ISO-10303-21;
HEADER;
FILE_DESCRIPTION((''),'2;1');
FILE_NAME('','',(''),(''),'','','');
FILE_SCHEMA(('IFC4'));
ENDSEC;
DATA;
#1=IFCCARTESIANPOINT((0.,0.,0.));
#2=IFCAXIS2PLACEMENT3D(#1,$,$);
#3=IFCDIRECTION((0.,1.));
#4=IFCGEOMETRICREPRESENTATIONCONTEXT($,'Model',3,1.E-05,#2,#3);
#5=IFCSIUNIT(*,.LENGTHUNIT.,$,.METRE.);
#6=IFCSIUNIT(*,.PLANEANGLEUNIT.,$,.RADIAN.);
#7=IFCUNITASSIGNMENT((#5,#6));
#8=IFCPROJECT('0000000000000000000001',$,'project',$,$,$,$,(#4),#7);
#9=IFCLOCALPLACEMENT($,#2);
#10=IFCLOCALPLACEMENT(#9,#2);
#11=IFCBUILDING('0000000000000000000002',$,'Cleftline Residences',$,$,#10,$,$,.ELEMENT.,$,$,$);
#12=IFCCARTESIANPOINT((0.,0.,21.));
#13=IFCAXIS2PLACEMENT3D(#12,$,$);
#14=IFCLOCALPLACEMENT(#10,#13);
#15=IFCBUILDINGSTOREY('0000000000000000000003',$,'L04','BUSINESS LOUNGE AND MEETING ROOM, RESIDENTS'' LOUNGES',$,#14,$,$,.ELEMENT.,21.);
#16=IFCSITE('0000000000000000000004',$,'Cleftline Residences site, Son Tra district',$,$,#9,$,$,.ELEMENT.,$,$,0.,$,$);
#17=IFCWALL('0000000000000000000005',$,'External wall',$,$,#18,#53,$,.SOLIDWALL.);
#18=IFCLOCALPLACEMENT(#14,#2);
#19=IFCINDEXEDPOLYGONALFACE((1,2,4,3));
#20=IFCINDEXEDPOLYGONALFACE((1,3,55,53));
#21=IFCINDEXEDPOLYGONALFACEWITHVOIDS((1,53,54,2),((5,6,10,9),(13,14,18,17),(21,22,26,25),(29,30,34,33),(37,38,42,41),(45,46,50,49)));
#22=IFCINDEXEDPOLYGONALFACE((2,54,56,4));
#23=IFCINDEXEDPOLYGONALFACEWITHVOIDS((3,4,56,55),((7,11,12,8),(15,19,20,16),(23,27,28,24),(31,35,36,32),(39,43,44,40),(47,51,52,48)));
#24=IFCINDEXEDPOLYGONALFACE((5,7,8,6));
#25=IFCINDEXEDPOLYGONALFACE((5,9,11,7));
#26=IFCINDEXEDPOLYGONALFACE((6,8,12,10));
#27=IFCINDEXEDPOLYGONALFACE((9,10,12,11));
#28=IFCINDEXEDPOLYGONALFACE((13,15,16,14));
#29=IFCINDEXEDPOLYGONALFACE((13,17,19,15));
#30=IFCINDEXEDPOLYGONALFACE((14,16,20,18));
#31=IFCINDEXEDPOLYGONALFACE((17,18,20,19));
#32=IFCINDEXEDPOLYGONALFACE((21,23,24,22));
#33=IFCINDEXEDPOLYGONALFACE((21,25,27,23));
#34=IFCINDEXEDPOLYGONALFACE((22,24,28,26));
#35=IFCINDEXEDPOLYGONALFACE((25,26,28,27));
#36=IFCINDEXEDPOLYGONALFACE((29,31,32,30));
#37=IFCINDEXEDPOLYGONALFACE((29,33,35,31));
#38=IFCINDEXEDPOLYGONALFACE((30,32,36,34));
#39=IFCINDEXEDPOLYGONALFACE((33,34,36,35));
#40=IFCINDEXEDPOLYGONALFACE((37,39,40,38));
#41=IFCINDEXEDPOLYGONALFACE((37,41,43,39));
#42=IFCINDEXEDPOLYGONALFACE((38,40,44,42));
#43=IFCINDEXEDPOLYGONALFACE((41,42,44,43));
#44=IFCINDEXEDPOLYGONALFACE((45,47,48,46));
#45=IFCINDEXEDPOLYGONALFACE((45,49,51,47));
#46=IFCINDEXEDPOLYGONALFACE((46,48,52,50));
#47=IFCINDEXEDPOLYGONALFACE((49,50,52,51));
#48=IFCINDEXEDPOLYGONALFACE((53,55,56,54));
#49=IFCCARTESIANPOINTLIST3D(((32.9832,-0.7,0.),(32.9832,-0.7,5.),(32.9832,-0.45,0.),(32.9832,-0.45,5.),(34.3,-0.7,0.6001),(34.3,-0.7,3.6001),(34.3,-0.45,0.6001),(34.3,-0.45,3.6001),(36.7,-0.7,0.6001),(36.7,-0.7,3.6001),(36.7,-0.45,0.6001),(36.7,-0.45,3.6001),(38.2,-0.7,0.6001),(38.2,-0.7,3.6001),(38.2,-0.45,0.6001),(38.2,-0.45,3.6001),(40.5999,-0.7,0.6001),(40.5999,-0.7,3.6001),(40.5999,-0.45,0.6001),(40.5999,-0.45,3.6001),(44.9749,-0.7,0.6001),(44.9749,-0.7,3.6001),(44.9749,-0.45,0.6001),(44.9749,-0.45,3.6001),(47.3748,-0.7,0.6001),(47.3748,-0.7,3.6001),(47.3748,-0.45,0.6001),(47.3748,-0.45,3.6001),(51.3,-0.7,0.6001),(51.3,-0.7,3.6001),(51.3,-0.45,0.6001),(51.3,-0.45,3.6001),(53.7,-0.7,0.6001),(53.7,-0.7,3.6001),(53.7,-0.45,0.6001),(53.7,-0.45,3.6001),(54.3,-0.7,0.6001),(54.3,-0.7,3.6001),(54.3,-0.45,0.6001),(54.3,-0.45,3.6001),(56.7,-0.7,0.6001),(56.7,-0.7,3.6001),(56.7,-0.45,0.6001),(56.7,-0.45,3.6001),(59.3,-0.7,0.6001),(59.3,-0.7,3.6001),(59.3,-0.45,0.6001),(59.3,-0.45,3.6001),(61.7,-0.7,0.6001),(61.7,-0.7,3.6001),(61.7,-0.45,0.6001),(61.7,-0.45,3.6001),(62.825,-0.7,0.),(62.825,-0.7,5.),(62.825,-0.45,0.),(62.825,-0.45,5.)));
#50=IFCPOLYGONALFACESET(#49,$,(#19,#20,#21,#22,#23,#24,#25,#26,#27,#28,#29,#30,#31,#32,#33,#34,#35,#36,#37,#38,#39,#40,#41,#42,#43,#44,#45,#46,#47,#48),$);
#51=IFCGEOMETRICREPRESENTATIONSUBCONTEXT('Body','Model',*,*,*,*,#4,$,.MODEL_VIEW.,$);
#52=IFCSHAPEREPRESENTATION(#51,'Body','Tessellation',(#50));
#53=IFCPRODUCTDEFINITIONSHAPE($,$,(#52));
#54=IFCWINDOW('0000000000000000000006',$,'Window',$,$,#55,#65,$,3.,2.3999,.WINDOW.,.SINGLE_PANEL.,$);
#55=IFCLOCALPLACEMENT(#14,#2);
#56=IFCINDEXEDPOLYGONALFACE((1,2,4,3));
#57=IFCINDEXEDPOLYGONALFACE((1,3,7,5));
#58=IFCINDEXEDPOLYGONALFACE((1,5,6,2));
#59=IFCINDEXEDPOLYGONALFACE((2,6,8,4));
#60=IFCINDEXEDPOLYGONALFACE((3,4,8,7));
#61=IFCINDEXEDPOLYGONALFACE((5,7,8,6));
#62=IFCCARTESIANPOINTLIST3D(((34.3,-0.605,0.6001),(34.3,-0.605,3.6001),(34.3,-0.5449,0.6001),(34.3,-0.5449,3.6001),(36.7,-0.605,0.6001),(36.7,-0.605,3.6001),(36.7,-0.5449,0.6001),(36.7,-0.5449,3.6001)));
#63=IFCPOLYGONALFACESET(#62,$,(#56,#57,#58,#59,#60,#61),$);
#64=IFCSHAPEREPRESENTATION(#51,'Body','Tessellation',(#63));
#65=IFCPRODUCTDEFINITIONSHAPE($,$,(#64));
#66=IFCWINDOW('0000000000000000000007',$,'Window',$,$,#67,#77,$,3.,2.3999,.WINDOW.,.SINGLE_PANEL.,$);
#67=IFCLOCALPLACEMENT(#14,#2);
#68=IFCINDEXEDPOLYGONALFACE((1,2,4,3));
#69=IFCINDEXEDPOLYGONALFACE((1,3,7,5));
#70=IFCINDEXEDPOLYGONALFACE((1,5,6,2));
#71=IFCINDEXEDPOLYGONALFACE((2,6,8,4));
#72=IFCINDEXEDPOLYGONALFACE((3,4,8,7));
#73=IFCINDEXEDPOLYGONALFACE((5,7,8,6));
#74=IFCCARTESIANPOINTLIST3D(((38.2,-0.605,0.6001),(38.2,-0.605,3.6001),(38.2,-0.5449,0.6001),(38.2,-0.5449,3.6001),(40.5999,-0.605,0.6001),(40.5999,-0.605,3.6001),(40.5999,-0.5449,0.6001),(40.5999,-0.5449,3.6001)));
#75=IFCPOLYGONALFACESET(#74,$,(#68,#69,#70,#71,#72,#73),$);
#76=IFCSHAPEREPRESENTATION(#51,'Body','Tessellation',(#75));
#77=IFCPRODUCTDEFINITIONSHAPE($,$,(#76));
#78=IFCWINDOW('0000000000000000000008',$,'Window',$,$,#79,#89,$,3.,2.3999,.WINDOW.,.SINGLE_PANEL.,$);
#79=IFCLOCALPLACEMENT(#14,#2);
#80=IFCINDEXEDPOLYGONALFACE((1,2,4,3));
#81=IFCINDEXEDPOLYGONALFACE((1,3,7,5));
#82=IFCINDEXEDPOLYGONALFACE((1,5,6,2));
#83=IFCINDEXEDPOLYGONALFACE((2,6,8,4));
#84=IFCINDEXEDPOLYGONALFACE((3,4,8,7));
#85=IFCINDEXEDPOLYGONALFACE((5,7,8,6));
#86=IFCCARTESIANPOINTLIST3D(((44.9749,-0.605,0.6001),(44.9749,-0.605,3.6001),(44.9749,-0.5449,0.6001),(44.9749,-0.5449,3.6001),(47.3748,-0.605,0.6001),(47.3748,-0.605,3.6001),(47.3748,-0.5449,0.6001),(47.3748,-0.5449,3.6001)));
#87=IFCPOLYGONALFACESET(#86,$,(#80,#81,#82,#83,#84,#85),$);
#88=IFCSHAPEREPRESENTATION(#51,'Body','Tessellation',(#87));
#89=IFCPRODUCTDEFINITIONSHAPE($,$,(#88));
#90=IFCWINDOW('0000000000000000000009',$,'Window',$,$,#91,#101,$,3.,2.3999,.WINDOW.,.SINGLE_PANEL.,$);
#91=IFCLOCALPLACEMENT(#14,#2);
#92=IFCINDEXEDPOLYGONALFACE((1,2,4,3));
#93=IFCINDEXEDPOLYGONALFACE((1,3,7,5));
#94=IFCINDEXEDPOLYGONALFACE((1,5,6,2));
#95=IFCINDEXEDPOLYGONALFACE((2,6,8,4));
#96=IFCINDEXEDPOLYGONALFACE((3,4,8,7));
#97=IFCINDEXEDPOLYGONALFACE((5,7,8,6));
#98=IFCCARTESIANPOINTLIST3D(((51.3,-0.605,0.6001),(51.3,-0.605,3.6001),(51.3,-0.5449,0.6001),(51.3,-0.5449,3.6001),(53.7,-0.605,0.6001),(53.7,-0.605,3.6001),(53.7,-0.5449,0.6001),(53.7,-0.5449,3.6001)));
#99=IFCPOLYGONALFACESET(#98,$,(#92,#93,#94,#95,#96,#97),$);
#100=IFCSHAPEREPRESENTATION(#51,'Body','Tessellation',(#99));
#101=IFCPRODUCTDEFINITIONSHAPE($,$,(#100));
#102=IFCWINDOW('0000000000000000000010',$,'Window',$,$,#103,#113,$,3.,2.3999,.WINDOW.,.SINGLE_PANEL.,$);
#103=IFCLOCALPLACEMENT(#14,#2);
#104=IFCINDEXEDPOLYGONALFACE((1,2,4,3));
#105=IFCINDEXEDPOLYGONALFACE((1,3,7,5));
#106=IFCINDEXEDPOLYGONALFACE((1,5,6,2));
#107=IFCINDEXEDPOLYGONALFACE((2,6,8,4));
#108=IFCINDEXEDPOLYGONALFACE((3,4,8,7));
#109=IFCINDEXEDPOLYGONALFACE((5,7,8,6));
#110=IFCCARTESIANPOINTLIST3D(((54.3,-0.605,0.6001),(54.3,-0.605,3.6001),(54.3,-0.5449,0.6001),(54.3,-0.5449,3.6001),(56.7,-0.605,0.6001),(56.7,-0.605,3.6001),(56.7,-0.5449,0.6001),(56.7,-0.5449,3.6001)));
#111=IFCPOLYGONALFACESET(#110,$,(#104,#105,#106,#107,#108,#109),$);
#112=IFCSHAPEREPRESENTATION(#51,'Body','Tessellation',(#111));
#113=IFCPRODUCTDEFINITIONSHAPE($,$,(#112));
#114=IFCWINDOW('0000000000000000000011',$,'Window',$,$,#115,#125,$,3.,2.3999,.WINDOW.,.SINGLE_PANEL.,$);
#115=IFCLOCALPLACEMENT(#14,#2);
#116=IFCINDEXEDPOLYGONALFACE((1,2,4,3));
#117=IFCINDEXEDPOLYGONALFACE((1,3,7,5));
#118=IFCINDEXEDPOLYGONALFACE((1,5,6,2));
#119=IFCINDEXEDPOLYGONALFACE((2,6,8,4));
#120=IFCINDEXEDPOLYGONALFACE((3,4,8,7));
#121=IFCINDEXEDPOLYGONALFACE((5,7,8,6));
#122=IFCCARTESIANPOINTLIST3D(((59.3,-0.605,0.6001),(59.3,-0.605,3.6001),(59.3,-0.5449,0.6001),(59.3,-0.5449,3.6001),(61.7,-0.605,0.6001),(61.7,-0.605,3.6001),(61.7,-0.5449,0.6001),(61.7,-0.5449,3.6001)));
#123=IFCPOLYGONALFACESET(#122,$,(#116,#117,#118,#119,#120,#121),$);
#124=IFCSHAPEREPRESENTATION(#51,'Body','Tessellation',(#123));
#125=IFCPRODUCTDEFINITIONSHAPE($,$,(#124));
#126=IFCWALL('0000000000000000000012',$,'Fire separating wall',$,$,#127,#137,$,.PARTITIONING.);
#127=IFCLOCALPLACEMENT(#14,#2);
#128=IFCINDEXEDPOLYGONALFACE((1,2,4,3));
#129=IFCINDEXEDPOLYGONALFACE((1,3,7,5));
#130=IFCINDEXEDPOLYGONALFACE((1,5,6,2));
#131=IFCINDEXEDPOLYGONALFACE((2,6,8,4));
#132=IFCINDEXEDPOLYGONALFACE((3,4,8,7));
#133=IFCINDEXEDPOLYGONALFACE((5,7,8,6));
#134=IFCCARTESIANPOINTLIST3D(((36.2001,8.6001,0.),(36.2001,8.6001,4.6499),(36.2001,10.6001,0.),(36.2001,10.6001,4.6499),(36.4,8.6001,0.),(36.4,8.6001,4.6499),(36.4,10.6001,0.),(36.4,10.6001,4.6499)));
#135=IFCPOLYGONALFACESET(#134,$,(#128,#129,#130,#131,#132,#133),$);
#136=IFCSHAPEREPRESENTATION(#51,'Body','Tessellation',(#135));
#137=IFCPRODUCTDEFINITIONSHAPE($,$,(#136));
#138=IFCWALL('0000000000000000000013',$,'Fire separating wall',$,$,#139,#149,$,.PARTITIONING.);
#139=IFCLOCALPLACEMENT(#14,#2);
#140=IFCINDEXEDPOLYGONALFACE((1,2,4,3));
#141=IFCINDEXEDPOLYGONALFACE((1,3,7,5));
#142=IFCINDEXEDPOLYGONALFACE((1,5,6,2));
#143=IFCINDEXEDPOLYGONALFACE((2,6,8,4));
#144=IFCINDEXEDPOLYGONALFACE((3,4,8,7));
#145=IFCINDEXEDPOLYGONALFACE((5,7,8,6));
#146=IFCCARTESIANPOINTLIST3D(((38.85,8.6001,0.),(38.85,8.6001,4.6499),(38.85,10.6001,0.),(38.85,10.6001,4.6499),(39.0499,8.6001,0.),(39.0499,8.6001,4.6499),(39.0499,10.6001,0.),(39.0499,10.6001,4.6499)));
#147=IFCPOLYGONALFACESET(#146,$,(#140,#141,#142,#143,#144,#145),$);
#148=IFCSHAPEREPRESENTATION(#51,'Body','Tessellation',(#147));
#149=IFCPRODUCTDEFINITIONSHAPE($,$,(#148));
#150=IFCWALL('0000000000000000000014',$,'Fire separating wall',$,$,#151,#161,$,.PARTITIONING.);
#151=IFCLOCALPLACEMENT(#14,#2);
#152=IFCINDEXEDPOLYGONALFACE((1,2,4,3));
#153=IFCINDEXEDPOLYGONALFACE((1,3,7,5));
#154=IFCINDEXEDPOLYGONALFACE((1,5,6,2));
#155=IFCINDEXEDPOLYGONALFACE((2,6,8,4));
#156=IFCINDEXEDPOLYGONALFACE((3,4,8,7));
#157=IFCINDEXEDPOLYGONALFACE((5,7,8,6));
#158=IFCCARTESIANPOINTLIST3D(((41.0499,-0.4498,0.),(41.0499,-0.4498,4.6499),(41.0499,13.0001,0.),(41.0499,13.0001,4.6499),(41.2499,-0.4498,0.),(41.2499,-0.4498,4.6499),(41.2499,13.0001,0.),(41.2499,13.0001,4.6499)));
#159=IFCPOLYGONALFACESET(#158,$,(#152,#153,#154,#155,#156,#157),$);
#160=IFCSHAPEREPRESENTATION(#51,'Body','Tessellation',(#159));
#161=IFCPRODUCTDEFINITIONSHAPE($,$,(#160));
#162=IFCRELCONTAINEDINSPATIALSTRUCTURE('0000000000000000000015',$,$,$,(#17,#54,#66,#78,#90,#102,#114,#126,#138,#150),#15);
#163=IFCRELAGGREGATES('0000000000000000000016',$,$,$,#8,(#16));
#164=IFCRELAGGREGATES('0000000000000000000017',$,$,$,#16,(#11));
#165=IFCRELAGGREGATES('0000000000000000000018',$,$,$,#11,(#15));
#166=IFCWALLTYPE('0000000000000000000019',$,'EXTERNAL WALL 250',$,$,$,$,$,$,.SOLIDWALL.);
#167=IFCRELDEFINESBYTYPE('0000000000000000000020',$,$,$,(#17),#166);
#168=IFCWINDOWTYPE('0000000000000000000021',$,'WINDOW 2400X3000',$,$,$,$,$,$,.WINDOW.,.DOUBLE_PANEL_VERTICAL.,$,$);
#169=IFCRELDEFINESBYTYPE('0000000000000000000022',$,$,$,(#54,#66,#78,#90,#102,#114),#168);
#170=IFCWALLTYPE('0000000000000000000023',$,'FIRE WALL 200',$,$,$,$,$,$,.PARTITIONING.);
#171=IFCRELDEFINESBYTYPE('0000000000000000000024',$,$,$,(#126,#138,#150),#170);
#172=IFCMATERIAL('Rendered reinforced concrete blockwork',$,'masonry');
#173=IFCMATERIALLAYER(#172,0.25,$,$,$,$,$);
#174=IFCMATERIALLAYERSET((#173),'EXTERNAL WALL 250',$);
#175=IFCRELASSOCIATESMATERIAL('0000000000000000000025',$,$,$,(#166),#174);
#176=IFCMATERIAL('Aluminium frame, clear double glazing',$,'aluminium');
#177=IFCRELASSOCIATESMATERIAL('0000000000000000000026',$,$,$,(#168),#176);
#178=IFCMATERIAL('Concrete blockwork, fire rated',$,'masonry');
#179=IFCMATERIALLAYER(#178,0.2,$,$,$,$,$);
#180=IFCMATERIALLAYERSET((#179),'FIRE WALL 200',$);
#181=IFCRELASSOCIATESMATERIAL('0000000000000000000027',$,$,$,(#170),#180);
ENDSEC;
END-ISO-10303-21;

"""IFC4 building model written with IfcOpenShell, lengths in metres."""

from ifc_helpers import new_model, si_unit, direction, frame, frame_2d, origin, place, context, subcontext, project, spatial, rectangle, extrude, material, layer, layer_set, type_object, element, fill, save


model = new_model("IFC4")

# Units and contexts
model_context = context("Model", 3, precision=1e-05, world=origin(), true_north=direction((0.0, 1.0)))
body_context = subcontext(model_context, "Body", "Model", "MODEL_VIEW")
ifc_project = project(units=[si_unit("LENGTHUNIT", "METRE"), si_unit("PLANEANGLEUNIT", "RADIAN")], contexts=[model_context])

# Site, building, storey
site_placement = place(None, origin())
site = spatial("IfcSite", under=ifc_project, at=site_placement, Name="Cleftline Residences site, Son Tra district", CompositionType="ELEMENT", RefElevation=0.0)
building_placement = place(site_placement, origin())
building = spatial("IfcBuilding", under=site, at=building_placement, Name="Cleftline Residences", CompositionType="ELEMENT")
storey_placement = place(building_placement, frame((0.0, 0.0, 21.0)))
storey = spatial("IfcBuildingStorey", under=building, at=storey_placement, Name="L04", Description="BUSINESS LOUNGE AND MEETING ROOM, RESIDENTS' LOUNGES", CompositionType="ELEMENT", Elevation=21.0)

# Shared definitions
ifc_material_1 = material(Name="Rendered reinforced concrete blockwork", Category="masonry")
ifc_layer_1 = layer(ifc_material_1, 0.25)
ifc_layer_set_1 = layer_set([ifc_layer_1], Name="EXTERNAL WALL 250")
wall_type_1 = type_object("IfcWallType", Name="EXTERNAL WALL 250", PredefinedType="SOLIDWALL", material=ifc_layer_set_1)

# Wall, openings, windows
wall_1_placement = place(storey_placement, frame((32.9832, -0.575, 0.0), z_axis=(0.0, 0.0, 1.0), x_axis=(1.0, 0.0, 0.0)))
wall_1 = element("IfcWall", 1, at=wall_1_placement, inside=storey, type_object=wall_type_1, Name="External wall", PredefinedType="SOLIDWALL", context=body_context, shape_type="SweptSolid", body=[
    extrude(rectangle(XDim=29.8418, YDim=0.25, at=frame_2d((14.9209, 0.0))), origin(), (0.0, 0.0, 1.0), 5.0),
])
opening_1_placement = place(wall_1_placement, frame((1.3169, 0.0, 0.6001)))
opening_1 = element("IfcOpeningElement", 2, at=opening_1_placement, cuts=wall_1, PredefinedType="OPENING", context=body_context, shape_type="SweptSolid", body=[
    extrude(rectangle(XDim=2.3999, YDim=3.0, at=frame_2d((1.2, 1.5))), frame((0.0, 0.135, 0.0), z_axis=(0.0, -1.0, 0.0), x_axis=(1.0, 0.0, 0.0)), (0.0, 0.0, 1.0), 0.27),
])
opening_2_placement = place(wall_1_placement, frame((5.2168, 0.0, 0.6001)))
opening_2 = element("IfcOpeningElement", 3, at=opening_2_placement, cuts=wall_1, PredefinedType="OPENING", context=body_context, shape_type="SweptSolid", body=[
    extrude(rectangle(XDim=2.3999, YDim=3.0, at=frame_2d((1.2, 1.5))), frame((0.0, 0.135, 0.0), z_axis=(0.0, -1.0, 0.0), x_axis=(1.0, 0.0, 0.0)), (0.0, 0.0, 1.0), 0.27),
])
opening_3_placement = place(wall_1_placement, frame((11.9917, 0.0, 0.6001)))
opening_3 = element("IfcOpeningElement", 4, at=opening_3_placement, cuts=wall_1, PredefinedType="OPENING", context=body_context, shape_type="SweptSolid", body=[
    extrude(rectangle(XDim=2.3999, YDim=3.0, at=frame_2d((1.2, 1.5))), frame((0.0, 0.135, 0.0), z_axis=(0.0, -1.0, 0.0), x_axis=(1.0, 0.0, 0.0)), (0.0, 0.0, 1.0), 0.27),
])
opening_4_placement = place(wall_1_placement, frame((18.3169, 0.0, 0.6001)))
opening_4 = element("IfcOpeningElement", 5, at=opening_4_placement, cuts=wall_1, PredefinedType="OPENING", context=body_context, shape_type="SweptSolid", body=[
    extrude(rectangle(XDim=2.3999, YDim=3.0, at=frame_2d((1.2, 1.5))), frame((0.0, 0.135, 0.0), z_axis=(0.0, -1.0, 0.0), x_axis=(1.0, 0.0, 0.0)), (0.0, 0.0, 1.0), 0.27),
])
opening_5_placement = place(wall_1_placement, frame((21.3169, 0.0, 0.6001)))
opening_5 = element("IfcOpeningElement", 6, at=opening_5_placement, cuts=wall_1, PredefinedType="OPENING", context=body_context, shape_type="SweptSolid", body=[
    extrude(rectangle(XDim=2.3999, YDim=3.0, at=frame_2d((1.2, 1.5))), frame((0.0, 0.135, 0.0), z_axis=(0.0, -1.0, 0.0), x_axis=(1.0, 0.0, 0.0)), (0.0, 0.0, 1.0), 0.27),
])
opening_6_placement = place(wall_1_placement, frame((26.3169, 0.0, 0.6001)))
opening_6 = element("IfcOpeningElement", 7, at=opening_6_placement, cuts=wall_1, PredefinedType="OPENING", context=body_context, shape_type="SweptSolid", body=[
    extrude(rectangle(XDim=2.3999, YDim=3.0, at=frame_2d((1.2, 1.5))), frame((0.0, 0.135, 0.0), z_axis=(0.0, -1.0, 0.0), x_axis=(1.0, 0.0, 0.0)), (0.0, 0.0, 1.0), 0.27),
])
ifc_material_2 = material(Name="Aluminium frame, clear double glazing", Category="aluminium")
window_type = type_object("IfcWindowType", Name="WINDOW 2400X3000", PartitioningType="DOUBLE_PANEL_VERTICAL", PredefinedType="WINDOW", material=ifc_material_2)
window_1_placement = place(opening_1_placement, origin())
window_1 = element("IfcWindow", 8, at=window_1_placement, inside=storey, type_object=window_type, Name="Window", OverallHeight=3.0, OverallWidth=2.3999, PartitioningType="SINGLE_PANEL", PredefinedType="WINDOW", context=body_context, shape_type="SweptSolid", body=[
    extrude(rectangle(XDim=2.3999, YDim=3.0, at=frame_2d((1.2, 1.5))), frame((0.0, 0.03, 0.0), z_axis=(0.0, -1.0, 0.0), x_axis=(1.0, 0.0, 0.0)), (0.0, 0.0, 1.0), 0.0601),
])
fill(opening_1, window_1)
window_2_placement = place(opening_2_placement, origin())
window_2 = element("IfcWindow", 9, at=window_2_placement, inside=storey, type_object=window_type, Name="Window", OverallHeight=3.0, OverallWidth=2.3999, PartitioningType="SINGLE_PANEL", PredefinedType="WINDOW", context=body_context, shape_type="SweptSolid", body=[
    extrude(rectangle(XDim=2.3999, YDim=3.0, at=frame_2d((1.2, 1.5))), frame((0.0, 0.03, 0.0), z_axis=(0.0, -1.0, 0.0), x_axis=(1.0, 0.0, 0.0)), (0.0, 0.0, 1.0), 0.0601),
])
fill(opening_2, window_2)
window_3_placement = place(opening_3_placement, origin())
window_3 = element("IfcWindow", 10, at=window_3_placement, inside=storey, type_object=window_type, Name="Window", OverallHeight=3.0, OverallWidth=2.3999, PartitioningType="SINGLE_PANEL", PredefinedType="WINDOW", context=body_context, shape_type="SweptSolid", body=[
    extrude(rectangle(XDim=2.3999, YDim=3.0, at=frame_2d((1.2, 1.5))), frame((0.0, 0.03, 0.0), z_axis=(0.0, -1.0, 0.0), x_axis=(1.0, 0.0, 0.0)), (0.0, 0.0, 1.0), 0.0601),
])
fill(opening_3, window_3)
window_4_placement = place(opening_4_placement, origin())
window_4 = element("IfcWindow", 11, at=window_4_placement, inside=storey, type_object=window_type, Name="Window", OverallHeight=3.0, OverallWidth=2.3999, PartitioningType="SINGLE_PANEL", PredefinedType="WINDOW", context=body_context, shape_type="SweptSolid", body=[
    extrude(rectangle(XDim=2.3999, YDim=3.0, at=frame_2d((1.2, 1.5))), frame((0.0, 0.03, 0.0), z_axis=(0.0, -1.0, 0.0), x_axis=(1.0, 0.0, 0.0)), (0.0, 0.0, 1.0), 0.0601),
])
fill(opening_4, window_4)
window_5_placement = place(opening_5_placement, origin())
window_5 = element("IfcWindow", 12, at=window_5_placement, inside=storey, type_object=window_type, Name="Window", OverallHeight=3.0, OverallWidth=2.3999, PartitioningType="SINGLE_PANEL", PredefinedType="WINDOW", context=body_context, shape_type="SweptSolid", body=[
    extrude(rectangle(XDim=2.3999, YDim=3.0, at=frame_2d((1.2, 1.5))), frame((0.0, 0.03, 0.0), z_axis=(0.0, -1.0, 0.0), x_axis=(1.0, 0.0, 0.0)), (0.0, 0.0, 1.0), 0.0601),
])
fill(opening_5, window_5)
window_6_placement = place(opening_6_placement, origin())
window_6 = element("IfcWindow", 13, at=window_6_placement, inside=storey, type_object=window_type, Name="Window", OverallHeight=3.0, OverallWidth=2.3999, PartitioningType="SINGLE_PANEL", PredefinedType="WINDOW", context=body_context, shape_type="SweptSolid", body=[
    extrude(rectangle(XDim=2.3999, YDim=3.0, at=frame_2d((1.2, 1.5))), frame((0.0, 0.03, 0.0), z_axis=(0.0, -1.0, 0.0), x_axis=(1.0, 0.0, 0.0)), (0.0, 0.0, 1.0), 0.0601),
])
fill(opening_6, window_6)

# Walls
ifc_material_3 = material(Name="Concrete blockwork, fire rated", Category="masonry")
ifc_layer_2 = layer(ifc_material_3, 0.2)
ifc_layer_set_2 = layer_set([ifc_layer_2], Name="FIRE WALL 200")
wall_type_2 = type_object("IfcWallType", Name="FIRE WALL 200", PredefinedType="PARTITIONING", material=ifc_layer_set_2)
for number, where, z_axis, x_axis, name in (
    (14, (36.3, 8.6001, 0.0), (0.0, 0.0, 1.0), (0.0, 1.0, 0.0), "Fire separating wall"),
    (15, (38.95, 8.6001, 0.0), (0.0, 0.0, 1.0), (0.0, 1.0, 0.0), "Fire separating wall"),
):
    element("IfcWall", number, at=place(storey_placement, frame(where, z_axis=z_axis, x_axis=x_axis)), inside=storey, type_object=wall_type_2, Name=name, PredefinedType="PARTITIONING", context=body_context, shape_type="SweptSolid", body=[
        extrude(rectangle(XDim=2.0, YDim=0.2, at=frame_2d((1.0, 0.0))), origin(), (0.0, 0.0, 1.0), 4.6499),
    ])
wall_2_placement = place(storey_placement, frame((41.1499, -0.45, 0.0), z_axis=(0.0, 0.0, 1.0), x_axis=(0.0, 1.0, 0.0)))
element("IfcWall", 16, at=wall_2_placement, inside=storey, type_object=wall_type_2, Name="Fire separating wall", PredefinedType="PARTITIONING", context=body_context, shape_type="SweptSolid", body=[
    extrude(rectangle(XDim=13.45, YDim=0.2, at=frame_2d((6.7251, 0.0))), origin(), (0.0, 0.0, 1.0), 4.6499),
])

save(model, "model.ifc")
